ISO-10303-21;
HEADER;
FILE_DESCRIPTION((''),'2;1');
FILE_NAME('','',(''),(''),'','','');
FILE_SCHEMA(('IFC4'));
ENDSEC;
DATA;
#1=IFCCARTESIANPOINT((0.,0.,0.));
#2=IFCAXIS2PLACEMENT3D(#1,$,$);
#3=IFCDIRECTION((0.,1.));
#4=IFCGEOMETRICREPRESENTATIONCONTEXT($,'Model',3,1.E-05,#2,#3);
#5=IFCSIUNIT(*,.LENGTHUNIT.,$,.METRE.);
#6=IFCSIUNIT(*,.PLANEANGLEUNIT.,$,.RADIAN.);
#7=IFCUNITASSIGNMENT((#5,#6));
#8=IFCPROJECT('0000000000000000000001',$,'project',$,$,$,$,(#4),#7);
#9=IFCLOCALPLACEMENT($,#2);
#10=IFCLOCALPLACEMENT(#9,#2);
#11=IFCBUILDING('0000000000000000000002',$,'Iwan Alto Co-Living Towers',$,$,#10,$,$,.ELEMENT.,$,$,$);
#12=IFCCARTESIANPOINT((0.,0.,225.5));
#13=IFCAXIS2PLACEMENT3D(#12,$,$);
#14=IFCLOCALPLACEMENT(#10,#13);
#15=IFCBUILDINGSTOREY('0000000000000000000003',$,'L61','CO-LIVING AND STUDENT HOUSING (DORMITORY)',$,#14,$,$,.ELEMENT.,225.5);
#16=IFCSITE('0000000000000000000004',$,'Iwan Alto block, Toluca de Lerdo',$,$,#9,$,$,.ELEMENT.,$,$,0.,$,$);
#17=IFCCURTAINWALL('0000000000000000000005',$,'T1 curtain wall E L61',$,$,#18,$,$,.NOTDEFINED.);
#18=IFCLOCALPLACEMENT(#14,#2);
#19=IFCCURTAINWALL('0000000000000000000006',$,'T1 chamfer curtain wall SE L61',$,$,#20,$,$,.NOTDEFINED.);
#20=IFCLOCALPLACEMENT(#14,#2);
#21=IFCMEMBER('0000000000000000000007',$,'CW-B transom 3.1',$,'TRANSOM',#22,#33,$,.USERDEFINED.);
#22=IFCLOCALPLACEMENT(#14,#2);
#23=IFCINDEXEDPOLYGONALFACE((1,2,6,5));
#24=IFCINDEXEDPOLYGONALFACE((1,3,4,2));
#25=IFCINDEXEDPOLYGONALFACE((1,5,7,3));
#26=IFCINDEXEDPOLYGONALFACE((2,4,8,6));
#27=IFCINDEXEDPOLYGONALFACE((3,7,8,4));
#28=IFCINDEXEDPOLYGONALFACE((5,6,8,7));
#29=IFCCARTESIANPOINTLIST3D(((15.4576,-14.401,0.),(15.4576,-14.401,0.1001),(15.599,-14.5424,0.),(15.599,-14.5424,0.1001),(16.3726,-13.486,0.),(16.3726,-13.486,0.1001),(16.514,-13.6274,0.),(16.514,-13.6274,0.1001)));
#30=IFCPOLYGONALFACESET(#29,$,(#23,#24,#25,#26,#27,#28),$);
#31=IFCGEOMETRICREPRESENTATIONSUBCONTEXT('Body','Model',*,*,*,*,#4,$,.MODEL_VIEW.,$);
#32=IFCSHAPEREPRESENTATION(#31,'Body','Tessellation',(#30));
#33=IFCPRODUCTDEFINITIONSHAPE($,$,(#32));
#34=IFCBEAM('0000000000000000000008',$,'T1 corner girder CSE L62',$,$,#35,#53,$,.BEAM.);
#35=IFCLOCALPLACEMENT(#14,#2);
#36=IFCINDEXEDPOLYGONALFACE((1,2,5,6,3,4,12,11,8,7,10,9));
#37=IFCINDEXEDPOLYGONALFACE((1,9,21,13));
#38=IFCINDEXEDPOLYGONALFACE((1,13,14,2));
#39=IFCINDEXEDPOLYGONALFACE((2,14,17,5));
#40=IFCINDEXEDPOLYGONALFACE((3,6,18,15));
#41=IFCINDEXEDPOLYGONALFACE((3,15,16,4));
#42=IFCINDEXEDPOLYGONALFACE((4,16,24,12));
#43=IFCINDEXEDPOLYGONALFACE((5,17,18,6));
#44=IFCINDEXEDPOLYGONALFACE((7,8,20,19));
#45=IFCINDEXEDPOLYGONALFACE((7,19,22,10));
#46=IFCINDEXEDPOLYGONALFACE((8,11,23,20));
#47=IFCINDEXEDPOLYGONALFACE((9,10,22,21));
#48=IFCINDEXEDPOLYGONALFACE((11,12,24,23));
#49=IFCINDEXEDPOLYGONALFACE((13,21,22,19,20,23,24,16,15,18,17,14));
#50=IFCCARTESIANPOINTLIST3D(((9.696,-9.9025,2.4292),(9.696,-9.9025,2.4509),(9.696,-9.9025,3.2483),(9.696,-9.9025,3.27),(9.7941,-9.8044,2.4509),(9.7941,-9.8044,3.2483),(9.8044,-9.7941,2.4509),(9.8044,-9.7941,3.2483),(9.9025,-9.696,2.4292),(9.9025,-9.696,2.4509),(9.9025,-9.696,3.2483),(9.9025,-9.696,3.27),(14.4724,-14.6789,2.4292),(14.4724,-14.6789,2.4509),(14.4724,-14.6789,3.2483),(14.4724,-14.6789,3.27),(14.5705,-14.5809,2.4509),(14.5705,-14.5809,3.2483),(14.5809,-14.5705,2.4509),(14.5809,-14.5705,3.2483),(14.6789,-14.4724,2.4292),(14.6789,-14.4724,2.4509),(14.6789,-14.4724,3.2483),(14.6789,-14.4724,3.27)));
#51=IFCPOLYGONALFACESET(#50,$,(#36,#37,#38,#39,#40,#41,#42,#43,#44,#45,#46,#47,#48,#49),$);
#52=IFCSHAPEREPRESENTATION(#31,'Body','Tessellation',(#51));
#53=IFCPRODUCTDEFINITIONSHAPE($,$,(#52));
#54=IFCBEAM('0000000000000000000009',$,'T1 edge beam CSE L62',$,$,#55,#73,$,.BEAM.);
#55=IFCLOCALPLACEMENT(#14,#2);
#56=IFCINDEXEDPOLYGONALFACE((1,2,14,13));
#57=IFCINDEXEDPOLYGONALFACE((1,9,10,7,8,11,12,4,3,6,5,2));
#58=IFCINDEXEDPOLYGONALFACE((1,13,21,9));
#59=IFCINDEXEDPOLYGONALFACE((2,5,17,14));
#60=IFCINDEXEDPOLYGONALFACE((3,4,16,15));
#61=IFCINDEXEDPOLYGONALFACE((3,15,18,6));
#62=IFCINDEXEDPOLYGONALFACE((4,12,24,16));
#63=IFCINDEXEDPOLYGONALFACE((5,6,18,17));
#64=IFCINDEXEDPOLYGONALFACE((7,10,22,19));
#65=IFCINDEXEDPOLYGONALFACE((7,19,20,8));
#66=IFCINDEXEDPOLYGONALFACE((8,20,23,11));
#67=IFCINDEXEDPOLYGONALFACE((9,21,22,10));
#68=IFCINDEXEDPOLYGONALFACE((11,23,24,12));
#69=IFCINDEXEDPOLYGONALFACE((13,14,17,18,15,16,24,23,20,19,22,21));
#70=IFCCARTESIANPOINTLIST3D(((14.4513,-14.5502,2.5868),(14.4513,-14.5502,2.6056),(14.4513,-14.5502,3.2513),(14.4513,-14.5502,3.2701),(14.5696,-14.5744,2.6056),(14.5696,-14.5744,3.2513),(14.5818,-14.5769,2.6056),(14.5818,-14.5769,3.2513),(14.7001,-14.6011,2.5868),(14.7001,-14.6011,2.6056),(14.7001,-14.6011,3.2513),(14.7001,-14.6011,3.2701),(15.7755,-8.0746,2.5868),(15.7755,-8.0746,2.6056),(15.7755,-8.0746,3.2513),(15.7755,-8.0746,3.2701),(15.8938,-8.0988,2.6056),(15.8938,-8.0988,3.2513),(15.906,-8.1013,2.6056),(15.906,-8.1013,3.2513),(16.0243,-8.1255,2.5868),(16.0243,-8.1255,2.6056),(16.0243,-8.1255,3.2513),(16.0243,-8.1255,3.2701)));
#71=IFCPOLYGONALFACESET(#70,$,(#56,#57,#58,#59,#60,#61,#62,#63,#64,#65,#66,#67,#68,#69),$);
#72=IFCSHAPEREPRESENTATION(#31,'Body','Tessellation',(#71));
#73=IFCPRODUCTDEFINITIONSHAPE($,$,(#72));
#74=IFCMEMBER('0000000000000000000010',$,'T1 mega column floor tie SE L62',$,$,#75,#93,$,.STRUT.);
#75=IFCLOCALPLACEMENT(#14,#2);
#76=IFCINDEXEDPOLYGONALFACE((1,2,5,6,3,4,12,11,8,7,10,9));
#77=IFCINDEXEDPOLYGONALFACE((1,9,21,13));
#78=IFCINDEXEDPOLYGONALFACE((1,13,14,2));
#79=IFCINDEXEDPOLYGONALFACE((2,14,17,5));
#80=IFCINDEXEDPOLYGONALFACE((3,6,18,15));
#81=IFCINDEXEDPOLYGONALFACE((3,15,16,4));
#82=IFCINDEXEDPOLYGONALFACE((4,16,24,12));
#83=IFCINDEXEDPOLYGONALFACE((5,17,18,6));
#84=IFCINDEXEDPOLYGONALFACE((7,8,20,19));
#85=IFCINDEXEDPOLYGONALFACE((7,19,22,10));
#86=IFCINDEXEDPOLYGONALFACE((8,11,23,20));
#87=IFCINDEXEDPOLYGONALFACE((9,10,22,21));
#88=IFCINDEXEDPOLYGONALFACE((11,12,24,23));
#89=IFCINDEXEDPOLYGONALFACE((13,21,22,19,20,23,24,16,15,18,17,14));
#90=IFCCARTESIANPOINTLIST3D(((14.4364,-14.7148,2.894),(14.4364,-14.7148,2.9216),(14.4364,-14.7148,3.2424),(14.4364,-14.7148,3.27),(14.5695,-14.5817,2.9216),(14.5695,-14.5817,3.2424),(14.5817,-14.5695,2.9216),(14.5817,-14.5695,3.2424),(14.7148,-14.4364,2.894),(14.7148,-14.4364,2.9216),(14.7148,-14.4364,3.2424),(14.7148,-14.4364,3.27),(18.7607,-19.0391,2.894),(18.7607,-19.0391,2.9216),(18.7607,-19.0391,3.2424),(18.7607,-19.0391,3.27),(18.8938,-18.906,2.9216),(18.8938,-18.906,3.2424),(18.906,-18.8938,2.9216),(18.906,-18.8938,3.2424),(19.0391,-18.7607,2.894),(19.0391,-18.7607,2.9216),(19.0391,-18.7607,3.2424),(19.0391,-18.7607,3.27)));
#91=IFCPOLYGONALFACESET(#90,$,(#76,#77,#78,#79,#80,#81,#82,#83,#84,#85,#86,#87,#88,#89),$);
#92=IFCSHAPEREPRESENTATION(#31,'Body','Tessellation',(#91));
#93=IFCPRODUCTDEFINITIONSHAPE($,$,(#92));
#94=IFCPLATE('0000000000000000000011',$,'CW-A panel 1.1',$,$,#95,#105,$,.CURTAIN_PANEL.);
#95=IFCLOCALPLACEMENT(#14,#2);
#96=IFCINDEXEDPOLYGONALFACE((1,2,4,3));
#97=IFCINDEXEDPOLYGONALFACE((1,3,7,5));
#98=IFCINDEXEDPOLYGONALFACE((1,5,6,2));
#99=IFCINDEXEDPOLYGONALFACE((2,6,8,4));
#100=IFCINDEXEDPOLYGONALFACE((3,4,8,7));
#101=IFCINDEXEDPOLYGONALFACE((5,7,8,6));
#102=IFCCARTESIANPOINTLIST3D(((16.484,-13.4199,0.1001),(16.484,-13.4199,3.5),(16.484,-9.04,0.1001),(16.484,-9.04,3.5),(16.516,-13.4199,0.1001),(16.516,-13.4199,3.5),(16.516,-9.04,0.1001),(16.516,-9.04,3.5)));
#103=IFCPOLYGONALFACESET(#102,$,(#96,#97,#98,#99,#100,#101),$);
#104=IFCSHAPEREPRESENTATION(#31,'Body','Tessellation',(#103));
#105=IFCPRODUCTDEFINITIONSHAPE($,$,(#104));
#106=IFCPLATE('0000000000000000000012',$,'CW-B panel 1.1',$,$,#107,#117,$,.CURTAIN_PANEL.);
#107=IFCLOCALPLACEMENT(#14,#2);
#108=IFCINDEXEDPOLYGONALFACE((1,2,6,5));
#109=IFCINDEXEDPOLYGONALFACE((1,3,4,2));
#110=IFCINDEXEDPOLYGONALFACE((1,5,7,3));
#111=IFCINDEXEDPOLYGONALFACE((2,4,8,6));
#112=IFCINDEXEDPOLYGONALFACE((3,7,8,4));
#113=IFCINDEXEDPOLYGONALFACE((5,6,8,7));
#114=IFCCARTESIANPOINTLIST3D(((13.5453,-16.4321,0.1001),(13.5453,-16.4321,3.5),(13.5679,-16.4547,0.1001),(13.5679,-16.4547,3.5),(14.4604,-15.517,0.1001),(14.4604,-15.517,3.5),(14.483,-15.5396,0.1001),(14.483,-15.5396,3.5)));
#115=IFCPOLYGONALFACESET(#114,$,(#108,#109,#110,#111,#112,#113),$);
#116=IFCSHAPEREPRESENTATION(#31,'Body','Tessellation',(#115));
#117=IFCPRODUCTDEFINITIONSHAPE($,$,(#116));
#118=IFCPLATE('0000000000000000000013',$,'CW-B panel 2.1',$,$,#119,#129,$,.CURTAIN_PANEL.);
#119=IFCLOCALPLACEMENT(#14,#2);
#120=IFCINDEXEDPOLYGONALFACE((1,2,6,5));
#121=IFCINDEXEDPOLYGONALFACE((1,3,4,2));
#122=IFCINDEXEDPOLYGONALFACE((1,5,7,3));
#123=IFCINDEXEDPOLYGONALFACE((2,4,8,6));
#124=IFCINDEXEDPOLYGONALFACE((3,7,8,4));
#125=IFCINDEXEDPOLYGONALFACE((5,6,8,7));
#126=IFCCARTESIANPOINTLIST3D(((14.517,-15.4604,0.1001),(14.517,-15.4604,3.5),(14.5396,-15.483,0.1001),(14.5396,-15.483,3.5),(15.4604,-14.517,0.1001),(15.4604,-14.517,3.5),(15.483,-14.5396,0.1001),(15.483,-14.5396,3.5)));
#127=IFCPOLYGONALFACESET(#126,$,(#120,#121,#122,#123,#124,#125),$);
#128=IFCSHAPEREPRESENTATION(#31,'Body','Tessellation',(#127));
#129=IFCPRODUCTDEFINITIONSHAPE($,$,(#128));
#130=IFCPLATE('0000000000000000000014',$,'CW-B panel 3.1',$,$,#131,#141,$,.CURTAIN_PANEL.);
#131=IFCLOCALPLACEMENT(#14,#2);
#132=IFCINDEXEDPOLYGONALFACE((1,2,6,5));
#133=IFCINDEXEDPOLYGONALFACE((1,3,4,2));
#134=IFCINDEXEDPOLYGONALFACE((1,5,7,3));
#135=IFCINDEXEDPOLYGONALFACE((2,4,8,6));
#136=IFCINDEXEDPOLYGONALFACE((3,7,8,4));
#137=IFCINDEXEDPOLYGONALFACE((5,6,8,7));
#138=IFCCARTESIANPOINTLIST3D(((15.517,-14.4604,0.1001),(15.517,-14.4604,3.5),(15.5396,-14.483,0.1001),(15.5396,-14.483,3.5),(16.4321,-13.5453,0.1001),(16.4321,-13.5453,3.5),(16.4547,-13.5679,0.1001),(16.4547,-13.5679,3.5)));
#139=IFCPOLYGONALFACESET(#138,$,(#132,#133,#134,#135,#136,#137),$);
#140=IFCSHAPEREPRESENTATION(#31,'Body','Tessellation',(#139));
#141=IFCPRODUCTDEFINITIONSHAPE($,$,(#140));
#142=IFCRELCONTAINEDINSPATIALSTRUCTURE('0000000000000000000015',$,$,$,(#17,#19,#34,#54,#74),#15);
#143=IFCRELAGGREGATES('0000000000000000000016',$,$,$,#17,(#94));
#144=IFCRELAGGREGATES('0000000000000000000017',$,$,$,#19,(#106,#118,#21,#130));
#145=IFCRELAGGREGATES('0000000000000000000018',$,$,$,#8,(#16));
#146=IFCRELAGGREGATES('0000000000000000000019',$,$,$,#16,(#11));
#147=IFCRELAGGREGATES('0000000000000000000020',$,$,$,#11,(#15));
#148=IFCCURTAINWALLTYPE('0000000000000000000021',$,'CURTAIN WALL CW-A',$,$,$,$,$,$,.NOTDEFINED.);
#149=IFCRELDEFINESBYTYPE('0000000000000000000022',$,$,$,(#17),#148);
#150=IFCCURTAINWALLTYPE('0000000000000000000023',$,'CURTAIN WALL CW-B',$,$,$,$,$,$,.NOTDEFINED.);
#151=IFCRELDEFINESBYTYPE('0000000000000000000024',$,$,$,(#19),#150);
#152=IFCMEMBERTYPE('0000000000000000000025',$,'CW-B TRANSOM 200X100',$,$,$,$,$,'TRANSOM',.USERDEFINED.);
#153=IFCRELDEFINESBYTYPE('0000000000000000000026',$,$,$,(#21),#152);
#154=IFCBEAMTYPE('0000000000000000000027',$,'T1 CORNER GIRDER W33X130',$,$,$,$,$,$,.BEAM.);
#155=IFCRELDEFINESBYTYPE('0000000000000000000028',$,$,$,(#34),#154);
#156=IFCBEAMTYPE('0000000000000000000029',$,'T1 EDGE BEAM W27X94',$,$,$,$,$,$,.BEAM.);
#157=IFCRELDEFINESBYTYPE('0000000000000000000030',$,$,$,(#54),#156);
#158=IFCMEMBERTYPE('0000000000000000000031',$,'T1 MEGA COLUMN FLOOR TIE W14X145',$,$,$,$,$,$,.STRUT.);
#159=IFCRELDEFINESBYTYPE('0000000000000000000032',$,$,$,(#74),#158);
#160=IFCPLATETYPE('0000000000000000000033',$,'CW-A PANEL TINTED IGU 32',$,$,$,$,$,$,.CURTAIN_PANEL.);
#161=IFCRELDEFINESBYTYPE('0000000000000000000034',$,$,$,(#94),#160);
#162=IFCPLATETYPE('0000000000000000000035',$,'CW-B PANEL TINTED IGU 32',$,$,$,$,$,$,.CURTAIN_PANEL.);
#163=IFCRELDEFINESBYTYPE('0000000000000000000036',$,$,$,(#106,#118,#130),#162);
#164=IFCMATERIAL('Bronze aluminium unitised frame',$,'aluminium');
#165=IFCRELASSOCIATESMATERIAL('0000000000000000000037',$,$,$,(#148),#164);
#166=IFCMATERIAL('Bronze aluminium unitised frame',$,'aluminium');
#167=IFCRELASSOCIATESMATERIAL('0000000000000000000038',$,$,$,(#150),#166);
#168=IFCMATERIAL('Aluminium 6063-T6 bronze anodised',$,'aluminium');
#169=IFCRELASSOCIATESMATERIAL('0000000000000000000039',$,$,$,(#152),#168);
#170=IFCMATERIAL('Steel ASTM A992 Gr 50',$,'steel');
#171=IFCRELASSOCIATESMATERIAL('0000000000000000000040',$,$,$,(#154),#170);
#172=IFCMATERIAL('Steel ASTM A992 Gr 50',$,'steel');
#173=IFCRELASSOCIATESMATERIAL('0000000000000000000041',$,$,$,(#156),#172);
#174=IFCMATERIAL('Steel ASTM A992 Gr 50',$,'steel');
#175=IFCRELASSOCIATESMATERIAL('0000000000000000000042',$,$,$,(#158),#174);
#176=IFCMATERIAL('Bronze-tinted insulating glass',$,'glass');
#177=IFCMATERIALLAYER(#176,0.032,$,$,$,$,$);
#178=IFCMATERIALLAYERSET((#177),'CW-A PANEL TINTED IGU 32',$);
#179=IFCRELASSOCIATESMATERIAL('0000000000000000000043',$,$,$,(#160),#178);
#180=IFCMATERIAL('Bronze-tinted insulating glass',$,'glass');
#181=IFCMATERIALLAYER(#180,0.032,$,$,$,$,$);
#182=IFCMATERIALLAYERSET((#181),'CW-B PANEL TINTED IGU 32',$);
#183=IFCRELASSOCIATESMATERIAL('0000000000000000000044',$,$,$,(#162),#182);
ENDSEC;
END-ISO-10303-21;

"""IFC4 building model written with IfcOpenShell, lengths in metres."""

from ifc_helpers import new_model, si_unit, direction, frame, origin, origin_2d, place, context, subcontext, project, spatial, rectangle, i_section, extrude, material, layer, layer_set, material_profile, profile_set, type_object, element, aggregate, save


model = new_model("IFC4")

# Units and contexts
model_context = context("Model", 3, precision=1e-05, world=origin(), true_north=direction((0.0, 1.0)))
body_context = subcontext(model_context, "Body", "Model", "MODEL_VIEW")
ifc_project = project(units=[si_unit("LENGTHUNIT", "METRE"), si_unit("PLANEANGLEUNIT", "RADIAN")], contexts=[model_context])

# Site, building, storey
site_placement = place(None, origin())
site = spatial("IfcSite", under=ifc_project, at=site_placement, Name="Iwan Alto block, Toluca de Lerdo", CompositionType="ELEMENT", RefElevation=0.0)
building_placement = place(site_placement, origin())
building = spatial("IfcBuilding", under=site, at=building_placement, Name="Iwan Alto Co-Living Towers", CompositionType="ELEMENT")
storey_placement = place(building_placement, frame((0.0, 0.0, 225.5)))
storey = spatial("IfcBuildingStorey", under=building, at=storey_placement, Name="L61", Description="CO-LIVING AND STUDENT HOUSING (DORMITORY)", CompositionType="ELEMENT", Elevation=225.5)

# Shared definitions
ifc_material_1 = material(Name="Bronze aluminium unitised frame", Category="aluminium")
curtain_wall_type_1 = type_object("IfcCurtainWallType", Name="CURTAIN WALL CW-A", PredefinedType="NOTDEFINED", material=ifc_material_1)

# Curtain walls, member
curtain_wall_1_placement = place(storey_placement, origin())
curtain_wall_1 = element("IfcCurtainWall", 1, at=curtain_wall_1_placement, inside=storey, type_object=curtain_wall_type_1, Name="T1 curtain wall E L61", PredefinedType="NOTDEFINED")
ifc_material_2 = material(Name="Bronze aluminium unitised frame", Category="aluminium")
curtain_wall_type_2 = type_object("IfcCurtainWallType", Name="CURTAIN WALL CW-B", PredefinedType="NOTDEFINED", material=ifc_material_2)
curtain_wall_2_placement = place(storey_placement, origin())
curtain_wall_2 = element("IfcCurtainWall", 2, at=curtain_wall_2_placement, inside=storey, type_object=curtain_wall_type_2, Name="T1 chamfer curtain wall SE L61", PredefinedType="NOTDEFINED")
ifc_material_3 = material(Name="Aluminium 6063-T6 bronze anodised", Category="aluminium")
ifc_material_profile_1 = material_profile(ifc_material_3, rectangle(XDim=0.2, YDim=0.1001, at=origin_2d()), Name="AL 200X100")
ifc_profile_set_1 = profile_set([ifc_material_profile_1], Name="Aluminium 6063-T6 bronze anodised")
member_type_1 = type_object("IfcMemberType", Name="CW-B TRANSOM 200X100", ElementType="TRANSOM", PredefinedType="USERDEFINED", material=ifc_profile_set_1)
member_1_placement = place(storey_placement, frame((15.5283, -14.4717, 0.05), z_axis=(0.707107, 0.707107, 0.0), x_axis=(-0.707107, 0.707107, 0.0)))
member_1 = element("IfcMember", 3, at=member_1_placement, type_object=member_type_1, Name="CW-B transom 3.1", ObjectType="TRANSOM", PredefinedType="USERDEFINED", context=body_context, shape_type="SweptSolid", body=[
    extrude(rectangle(XDim=0.2, YDim=0.1001, at=origin_2d()), origin(), (0.0, 0.0, 1.0), 1.2939),
])

# Beams
ifc_material_4 = material(Name="Steel ASTM A992 Gr 50", Category="steel")
ifc_material_profile_2 = material_profile(ifc_material_4, i_section(OverallWidth=0.292, OverallDepth=0.8408, WebThickness=0.0146, FlangeThickness=0.0217, at=origin_2d()), Name="W33X130")
ifc_profile_set_2 = profile_set([ifc_material_profile_2], Name="Steel ASTM A992 Gr 50")
beam_type_1 = type_object("IfcBeamType", Name="T1 CORNER GIRDER W33X130", PredefinedType="BEAM", material=ifc_profile_set_2)
beam_1_placement = place(storey_placement, frame((14.5757, -14.5757, 2.8496), z_axis=(-0.707107, 0.707107, 0.0), x_axis=(-0.707107, -0.707107, 0.0)))
element("IfcBeam", 4, at=beam_1_placement, inside=storey, type_object=beam_type_1, Name="T1 corner girder CSE L62", PredefinedType="BEAM", context=body_context, shape_type="SweptSolid", body=[
    extrude(i_section(OverallWidth=0.292, OverallDepth=0.8408, WebThickness=0.0146, FlangeThickness=0.0217, at=origin_2d()), origin(), (0.0, 0.0, 1.0), 6.7549),
])
ifc_material_5 = material(Name="Steel ASTM A992 Gr 50", Category="steel")
ifc_material_profile_3 = material_profile(ifc_material_5, i_section(OverallWidth=0.2539, OverallDepth=0.6833, WebThickness=0.0125, FlangeThickness=0.0188, at=origin_2d()), Name="W27X94")
ifc_profile_set_3 = profile_set([ifc_material_profile_3], Name="Steel ASTM A992 Gr 50")
beam_type_2 = type_object("IfcBeamType", Name="T1 EDGE BEAM W27X94", PredefinedType="BEAM", material=ifc_profile_set_3)
beam_2_placement = place(storey_placement, frame((14.5757, -14.5757, 2.9285), z_axis=(0.200348, 0.979725, 0.0), x_axis=(-0.979725, 0.200348, 0.0)))
element("IfcBeam", 5, at=beam_2_placement, inside=storey, type_object=beam_type_2, Name="T1 edge beam CSE L62", PredefinedType="BEAM", context=body_context, shape_type="SweptSolid", body=[
    extrude(i_section(OverallWidth=0.2539, OverallDepth=0.6833, WebThickness=0.0125, FlangeThickness=0.0188, at=origin_2d()), origin(), (0.0, 0.0, 1.0), 6.6096),
])

# Member
ifc_material_6 = material(Name="Steel ASTM A992 Gr 50", Category="steel")
ifc_material_profile_4 = material_profile(ifc_material_6, i_section(OverallWidth=0.3938, OverallDepth=0.376, WebThickness=0.0173, FlangeThickness=0.0276, at=origin_2d()), Name="W14X145")
ifc_profile_set_4 = profile_set([ifc_material_profile_4], Name="Steel ASTM A992 Gr 50")
member_type_2 = type_object("IfcMemberType", Name="T1 MEGA COLUMN FLOOR TIE W14X145", PredefinedType="STRUT", material=ifc_profile_set_4)
member_2_placement = place(storey_placement, frame((18.8999, -18.8999, 3.082), z_axis=(-0.707107, 0.707107, 0.0), x_axis=(-0.707107, -0.707107, 0.0)))
element("IfcMember", 6, at=member_2_placement, inside=storey, type_object=member_type_2, Name="T1 mega column floor tie SE L62", PredefinedType="STRUT", context=body_context, shape_type="SweptSolid", body=[
    extrude(i_section(OverallWidth=0.3938, OverallDepth=0.376, WebThickness=0.0173, FlangeThickness=0.0276, at=origin_2d()), origin(), (0.0, 0.0, 1.0), 6.1155),
])

# Plates
ifc_material_7 = material(Name="Bronze-tinted insulating glass", Category="glass")
ifc_layer_1 = layer(ifc_material_7, 0.032)
ifc_layer_set_1 = layer_set([ifc_layer_1], Name="CW-A PANEL TINTED IGU 32")
plate_type_1 = type_object("IfcPlateType", Name="CW-A PANEL TINTED IGU 32", PredefinedType="CURTAIN_PANEL", material=ifc_layer_set_1)
plate_1_placement = place(storey_placement, frame((16.5, -11.23, 0.1001), z_axis=(0.0, 0.0, 1.0), x_axis=(0.0, 1.0, 0.0)))
plate_1 = element("IfcPlate", 7, at=plate_1_placement, type_object=plate_type_1, Name="CW-A panel 1.1", PredefinedType="CURTAIN_PANEL", context=body_context, shape_type="SweptSolid", body=[
    extrude(rectangle(XDim=4.3799, YDim=0.032, at=origin_2d()), origin(), (0.0, 0.0, 1.0), 3.3999),
])
aggregate(curtain_wall_1, [plate_1])
ifc_material_8 = material(Name="Bronze-tinted insulating glass", Category="glass")
ifc_layer_2 = layer(ifc_material_8, 0.032)
ifc_layer_set_2 = layer_set([ifc_layer_2], Name="CW-B PANEL TINTED IGU 32")
plate_type_2 = type_object("IfcPlateType", Name="CW-B PANEL TINTED IGU 32", PredefinedType="CURTAIN_PANEL", material=ifc_layer_set_2)
plate_2_placement = place(storey_placement, frame((14.0142, -15.9858, 0.1001), z_axis=(0.0, 0.0, 1.0), x_axis=(0.707107, 0.707107, 0.0)))
plate_2 = element("IfcPlate", 8, at=plate_2_placement, type_object=plate_type_2, Name="CW-B panel 1.1", PredefinedType="CURTAIN_PANEL", context=body_context, shape_type="SweptSolid", body=[
    extrude(rectangle(XDim=1.2942, YDim=0.032, at=origin_2d()), origin(), (0.0, 0.0, 1.0), 3.3999),
])
plate_3_placement = place(storey_placement, frame((15.0, -15.0, 0.1001), z_axis=(0.0, 0.0, 1.0), x_axis=(0.707107, 0.707107, 0.0)))
plate_3 = element("IfcPlate", 9, at=plate_3_placement, type_object=plate_type_2, Name="CW-B panel 2.1", PredefinedType="CURTAIN_PANEL", context=body_context, shape_type="SweptSolid", body=[
    extrude(rectangle(XDim=1.3342, YDim=0.032, at=origin_2d()), origin(), (0.0, 0.0, 1.0), 3.3999),
])
plate_4_placement = place(storey_placement, frame((15.9858, -14.0142, 0.1001), z_axis=(0.0, 0.0, 1.0), x_axis=(0.707107, 0.707107, 0.0)))
plate_4 = element("IfcPlate", 10, at=plate_4_placement, type_object=plate_type_2, Name="CW-B panel 3.1", PredefinedType="CURTAIN_PANEL", context=body_context, shape_type="SweptSolid", body=[
    extrude(rectangle(XDim=1.2942, YDim=0.032, at=origin_2d()), origin(), (0.0, 0.0, 1.0), 3.3999),
])
aggregate(curtain_wall_2, [plate_2, plate_3, member_1, plate_4])

save(model, "model.ifc")
